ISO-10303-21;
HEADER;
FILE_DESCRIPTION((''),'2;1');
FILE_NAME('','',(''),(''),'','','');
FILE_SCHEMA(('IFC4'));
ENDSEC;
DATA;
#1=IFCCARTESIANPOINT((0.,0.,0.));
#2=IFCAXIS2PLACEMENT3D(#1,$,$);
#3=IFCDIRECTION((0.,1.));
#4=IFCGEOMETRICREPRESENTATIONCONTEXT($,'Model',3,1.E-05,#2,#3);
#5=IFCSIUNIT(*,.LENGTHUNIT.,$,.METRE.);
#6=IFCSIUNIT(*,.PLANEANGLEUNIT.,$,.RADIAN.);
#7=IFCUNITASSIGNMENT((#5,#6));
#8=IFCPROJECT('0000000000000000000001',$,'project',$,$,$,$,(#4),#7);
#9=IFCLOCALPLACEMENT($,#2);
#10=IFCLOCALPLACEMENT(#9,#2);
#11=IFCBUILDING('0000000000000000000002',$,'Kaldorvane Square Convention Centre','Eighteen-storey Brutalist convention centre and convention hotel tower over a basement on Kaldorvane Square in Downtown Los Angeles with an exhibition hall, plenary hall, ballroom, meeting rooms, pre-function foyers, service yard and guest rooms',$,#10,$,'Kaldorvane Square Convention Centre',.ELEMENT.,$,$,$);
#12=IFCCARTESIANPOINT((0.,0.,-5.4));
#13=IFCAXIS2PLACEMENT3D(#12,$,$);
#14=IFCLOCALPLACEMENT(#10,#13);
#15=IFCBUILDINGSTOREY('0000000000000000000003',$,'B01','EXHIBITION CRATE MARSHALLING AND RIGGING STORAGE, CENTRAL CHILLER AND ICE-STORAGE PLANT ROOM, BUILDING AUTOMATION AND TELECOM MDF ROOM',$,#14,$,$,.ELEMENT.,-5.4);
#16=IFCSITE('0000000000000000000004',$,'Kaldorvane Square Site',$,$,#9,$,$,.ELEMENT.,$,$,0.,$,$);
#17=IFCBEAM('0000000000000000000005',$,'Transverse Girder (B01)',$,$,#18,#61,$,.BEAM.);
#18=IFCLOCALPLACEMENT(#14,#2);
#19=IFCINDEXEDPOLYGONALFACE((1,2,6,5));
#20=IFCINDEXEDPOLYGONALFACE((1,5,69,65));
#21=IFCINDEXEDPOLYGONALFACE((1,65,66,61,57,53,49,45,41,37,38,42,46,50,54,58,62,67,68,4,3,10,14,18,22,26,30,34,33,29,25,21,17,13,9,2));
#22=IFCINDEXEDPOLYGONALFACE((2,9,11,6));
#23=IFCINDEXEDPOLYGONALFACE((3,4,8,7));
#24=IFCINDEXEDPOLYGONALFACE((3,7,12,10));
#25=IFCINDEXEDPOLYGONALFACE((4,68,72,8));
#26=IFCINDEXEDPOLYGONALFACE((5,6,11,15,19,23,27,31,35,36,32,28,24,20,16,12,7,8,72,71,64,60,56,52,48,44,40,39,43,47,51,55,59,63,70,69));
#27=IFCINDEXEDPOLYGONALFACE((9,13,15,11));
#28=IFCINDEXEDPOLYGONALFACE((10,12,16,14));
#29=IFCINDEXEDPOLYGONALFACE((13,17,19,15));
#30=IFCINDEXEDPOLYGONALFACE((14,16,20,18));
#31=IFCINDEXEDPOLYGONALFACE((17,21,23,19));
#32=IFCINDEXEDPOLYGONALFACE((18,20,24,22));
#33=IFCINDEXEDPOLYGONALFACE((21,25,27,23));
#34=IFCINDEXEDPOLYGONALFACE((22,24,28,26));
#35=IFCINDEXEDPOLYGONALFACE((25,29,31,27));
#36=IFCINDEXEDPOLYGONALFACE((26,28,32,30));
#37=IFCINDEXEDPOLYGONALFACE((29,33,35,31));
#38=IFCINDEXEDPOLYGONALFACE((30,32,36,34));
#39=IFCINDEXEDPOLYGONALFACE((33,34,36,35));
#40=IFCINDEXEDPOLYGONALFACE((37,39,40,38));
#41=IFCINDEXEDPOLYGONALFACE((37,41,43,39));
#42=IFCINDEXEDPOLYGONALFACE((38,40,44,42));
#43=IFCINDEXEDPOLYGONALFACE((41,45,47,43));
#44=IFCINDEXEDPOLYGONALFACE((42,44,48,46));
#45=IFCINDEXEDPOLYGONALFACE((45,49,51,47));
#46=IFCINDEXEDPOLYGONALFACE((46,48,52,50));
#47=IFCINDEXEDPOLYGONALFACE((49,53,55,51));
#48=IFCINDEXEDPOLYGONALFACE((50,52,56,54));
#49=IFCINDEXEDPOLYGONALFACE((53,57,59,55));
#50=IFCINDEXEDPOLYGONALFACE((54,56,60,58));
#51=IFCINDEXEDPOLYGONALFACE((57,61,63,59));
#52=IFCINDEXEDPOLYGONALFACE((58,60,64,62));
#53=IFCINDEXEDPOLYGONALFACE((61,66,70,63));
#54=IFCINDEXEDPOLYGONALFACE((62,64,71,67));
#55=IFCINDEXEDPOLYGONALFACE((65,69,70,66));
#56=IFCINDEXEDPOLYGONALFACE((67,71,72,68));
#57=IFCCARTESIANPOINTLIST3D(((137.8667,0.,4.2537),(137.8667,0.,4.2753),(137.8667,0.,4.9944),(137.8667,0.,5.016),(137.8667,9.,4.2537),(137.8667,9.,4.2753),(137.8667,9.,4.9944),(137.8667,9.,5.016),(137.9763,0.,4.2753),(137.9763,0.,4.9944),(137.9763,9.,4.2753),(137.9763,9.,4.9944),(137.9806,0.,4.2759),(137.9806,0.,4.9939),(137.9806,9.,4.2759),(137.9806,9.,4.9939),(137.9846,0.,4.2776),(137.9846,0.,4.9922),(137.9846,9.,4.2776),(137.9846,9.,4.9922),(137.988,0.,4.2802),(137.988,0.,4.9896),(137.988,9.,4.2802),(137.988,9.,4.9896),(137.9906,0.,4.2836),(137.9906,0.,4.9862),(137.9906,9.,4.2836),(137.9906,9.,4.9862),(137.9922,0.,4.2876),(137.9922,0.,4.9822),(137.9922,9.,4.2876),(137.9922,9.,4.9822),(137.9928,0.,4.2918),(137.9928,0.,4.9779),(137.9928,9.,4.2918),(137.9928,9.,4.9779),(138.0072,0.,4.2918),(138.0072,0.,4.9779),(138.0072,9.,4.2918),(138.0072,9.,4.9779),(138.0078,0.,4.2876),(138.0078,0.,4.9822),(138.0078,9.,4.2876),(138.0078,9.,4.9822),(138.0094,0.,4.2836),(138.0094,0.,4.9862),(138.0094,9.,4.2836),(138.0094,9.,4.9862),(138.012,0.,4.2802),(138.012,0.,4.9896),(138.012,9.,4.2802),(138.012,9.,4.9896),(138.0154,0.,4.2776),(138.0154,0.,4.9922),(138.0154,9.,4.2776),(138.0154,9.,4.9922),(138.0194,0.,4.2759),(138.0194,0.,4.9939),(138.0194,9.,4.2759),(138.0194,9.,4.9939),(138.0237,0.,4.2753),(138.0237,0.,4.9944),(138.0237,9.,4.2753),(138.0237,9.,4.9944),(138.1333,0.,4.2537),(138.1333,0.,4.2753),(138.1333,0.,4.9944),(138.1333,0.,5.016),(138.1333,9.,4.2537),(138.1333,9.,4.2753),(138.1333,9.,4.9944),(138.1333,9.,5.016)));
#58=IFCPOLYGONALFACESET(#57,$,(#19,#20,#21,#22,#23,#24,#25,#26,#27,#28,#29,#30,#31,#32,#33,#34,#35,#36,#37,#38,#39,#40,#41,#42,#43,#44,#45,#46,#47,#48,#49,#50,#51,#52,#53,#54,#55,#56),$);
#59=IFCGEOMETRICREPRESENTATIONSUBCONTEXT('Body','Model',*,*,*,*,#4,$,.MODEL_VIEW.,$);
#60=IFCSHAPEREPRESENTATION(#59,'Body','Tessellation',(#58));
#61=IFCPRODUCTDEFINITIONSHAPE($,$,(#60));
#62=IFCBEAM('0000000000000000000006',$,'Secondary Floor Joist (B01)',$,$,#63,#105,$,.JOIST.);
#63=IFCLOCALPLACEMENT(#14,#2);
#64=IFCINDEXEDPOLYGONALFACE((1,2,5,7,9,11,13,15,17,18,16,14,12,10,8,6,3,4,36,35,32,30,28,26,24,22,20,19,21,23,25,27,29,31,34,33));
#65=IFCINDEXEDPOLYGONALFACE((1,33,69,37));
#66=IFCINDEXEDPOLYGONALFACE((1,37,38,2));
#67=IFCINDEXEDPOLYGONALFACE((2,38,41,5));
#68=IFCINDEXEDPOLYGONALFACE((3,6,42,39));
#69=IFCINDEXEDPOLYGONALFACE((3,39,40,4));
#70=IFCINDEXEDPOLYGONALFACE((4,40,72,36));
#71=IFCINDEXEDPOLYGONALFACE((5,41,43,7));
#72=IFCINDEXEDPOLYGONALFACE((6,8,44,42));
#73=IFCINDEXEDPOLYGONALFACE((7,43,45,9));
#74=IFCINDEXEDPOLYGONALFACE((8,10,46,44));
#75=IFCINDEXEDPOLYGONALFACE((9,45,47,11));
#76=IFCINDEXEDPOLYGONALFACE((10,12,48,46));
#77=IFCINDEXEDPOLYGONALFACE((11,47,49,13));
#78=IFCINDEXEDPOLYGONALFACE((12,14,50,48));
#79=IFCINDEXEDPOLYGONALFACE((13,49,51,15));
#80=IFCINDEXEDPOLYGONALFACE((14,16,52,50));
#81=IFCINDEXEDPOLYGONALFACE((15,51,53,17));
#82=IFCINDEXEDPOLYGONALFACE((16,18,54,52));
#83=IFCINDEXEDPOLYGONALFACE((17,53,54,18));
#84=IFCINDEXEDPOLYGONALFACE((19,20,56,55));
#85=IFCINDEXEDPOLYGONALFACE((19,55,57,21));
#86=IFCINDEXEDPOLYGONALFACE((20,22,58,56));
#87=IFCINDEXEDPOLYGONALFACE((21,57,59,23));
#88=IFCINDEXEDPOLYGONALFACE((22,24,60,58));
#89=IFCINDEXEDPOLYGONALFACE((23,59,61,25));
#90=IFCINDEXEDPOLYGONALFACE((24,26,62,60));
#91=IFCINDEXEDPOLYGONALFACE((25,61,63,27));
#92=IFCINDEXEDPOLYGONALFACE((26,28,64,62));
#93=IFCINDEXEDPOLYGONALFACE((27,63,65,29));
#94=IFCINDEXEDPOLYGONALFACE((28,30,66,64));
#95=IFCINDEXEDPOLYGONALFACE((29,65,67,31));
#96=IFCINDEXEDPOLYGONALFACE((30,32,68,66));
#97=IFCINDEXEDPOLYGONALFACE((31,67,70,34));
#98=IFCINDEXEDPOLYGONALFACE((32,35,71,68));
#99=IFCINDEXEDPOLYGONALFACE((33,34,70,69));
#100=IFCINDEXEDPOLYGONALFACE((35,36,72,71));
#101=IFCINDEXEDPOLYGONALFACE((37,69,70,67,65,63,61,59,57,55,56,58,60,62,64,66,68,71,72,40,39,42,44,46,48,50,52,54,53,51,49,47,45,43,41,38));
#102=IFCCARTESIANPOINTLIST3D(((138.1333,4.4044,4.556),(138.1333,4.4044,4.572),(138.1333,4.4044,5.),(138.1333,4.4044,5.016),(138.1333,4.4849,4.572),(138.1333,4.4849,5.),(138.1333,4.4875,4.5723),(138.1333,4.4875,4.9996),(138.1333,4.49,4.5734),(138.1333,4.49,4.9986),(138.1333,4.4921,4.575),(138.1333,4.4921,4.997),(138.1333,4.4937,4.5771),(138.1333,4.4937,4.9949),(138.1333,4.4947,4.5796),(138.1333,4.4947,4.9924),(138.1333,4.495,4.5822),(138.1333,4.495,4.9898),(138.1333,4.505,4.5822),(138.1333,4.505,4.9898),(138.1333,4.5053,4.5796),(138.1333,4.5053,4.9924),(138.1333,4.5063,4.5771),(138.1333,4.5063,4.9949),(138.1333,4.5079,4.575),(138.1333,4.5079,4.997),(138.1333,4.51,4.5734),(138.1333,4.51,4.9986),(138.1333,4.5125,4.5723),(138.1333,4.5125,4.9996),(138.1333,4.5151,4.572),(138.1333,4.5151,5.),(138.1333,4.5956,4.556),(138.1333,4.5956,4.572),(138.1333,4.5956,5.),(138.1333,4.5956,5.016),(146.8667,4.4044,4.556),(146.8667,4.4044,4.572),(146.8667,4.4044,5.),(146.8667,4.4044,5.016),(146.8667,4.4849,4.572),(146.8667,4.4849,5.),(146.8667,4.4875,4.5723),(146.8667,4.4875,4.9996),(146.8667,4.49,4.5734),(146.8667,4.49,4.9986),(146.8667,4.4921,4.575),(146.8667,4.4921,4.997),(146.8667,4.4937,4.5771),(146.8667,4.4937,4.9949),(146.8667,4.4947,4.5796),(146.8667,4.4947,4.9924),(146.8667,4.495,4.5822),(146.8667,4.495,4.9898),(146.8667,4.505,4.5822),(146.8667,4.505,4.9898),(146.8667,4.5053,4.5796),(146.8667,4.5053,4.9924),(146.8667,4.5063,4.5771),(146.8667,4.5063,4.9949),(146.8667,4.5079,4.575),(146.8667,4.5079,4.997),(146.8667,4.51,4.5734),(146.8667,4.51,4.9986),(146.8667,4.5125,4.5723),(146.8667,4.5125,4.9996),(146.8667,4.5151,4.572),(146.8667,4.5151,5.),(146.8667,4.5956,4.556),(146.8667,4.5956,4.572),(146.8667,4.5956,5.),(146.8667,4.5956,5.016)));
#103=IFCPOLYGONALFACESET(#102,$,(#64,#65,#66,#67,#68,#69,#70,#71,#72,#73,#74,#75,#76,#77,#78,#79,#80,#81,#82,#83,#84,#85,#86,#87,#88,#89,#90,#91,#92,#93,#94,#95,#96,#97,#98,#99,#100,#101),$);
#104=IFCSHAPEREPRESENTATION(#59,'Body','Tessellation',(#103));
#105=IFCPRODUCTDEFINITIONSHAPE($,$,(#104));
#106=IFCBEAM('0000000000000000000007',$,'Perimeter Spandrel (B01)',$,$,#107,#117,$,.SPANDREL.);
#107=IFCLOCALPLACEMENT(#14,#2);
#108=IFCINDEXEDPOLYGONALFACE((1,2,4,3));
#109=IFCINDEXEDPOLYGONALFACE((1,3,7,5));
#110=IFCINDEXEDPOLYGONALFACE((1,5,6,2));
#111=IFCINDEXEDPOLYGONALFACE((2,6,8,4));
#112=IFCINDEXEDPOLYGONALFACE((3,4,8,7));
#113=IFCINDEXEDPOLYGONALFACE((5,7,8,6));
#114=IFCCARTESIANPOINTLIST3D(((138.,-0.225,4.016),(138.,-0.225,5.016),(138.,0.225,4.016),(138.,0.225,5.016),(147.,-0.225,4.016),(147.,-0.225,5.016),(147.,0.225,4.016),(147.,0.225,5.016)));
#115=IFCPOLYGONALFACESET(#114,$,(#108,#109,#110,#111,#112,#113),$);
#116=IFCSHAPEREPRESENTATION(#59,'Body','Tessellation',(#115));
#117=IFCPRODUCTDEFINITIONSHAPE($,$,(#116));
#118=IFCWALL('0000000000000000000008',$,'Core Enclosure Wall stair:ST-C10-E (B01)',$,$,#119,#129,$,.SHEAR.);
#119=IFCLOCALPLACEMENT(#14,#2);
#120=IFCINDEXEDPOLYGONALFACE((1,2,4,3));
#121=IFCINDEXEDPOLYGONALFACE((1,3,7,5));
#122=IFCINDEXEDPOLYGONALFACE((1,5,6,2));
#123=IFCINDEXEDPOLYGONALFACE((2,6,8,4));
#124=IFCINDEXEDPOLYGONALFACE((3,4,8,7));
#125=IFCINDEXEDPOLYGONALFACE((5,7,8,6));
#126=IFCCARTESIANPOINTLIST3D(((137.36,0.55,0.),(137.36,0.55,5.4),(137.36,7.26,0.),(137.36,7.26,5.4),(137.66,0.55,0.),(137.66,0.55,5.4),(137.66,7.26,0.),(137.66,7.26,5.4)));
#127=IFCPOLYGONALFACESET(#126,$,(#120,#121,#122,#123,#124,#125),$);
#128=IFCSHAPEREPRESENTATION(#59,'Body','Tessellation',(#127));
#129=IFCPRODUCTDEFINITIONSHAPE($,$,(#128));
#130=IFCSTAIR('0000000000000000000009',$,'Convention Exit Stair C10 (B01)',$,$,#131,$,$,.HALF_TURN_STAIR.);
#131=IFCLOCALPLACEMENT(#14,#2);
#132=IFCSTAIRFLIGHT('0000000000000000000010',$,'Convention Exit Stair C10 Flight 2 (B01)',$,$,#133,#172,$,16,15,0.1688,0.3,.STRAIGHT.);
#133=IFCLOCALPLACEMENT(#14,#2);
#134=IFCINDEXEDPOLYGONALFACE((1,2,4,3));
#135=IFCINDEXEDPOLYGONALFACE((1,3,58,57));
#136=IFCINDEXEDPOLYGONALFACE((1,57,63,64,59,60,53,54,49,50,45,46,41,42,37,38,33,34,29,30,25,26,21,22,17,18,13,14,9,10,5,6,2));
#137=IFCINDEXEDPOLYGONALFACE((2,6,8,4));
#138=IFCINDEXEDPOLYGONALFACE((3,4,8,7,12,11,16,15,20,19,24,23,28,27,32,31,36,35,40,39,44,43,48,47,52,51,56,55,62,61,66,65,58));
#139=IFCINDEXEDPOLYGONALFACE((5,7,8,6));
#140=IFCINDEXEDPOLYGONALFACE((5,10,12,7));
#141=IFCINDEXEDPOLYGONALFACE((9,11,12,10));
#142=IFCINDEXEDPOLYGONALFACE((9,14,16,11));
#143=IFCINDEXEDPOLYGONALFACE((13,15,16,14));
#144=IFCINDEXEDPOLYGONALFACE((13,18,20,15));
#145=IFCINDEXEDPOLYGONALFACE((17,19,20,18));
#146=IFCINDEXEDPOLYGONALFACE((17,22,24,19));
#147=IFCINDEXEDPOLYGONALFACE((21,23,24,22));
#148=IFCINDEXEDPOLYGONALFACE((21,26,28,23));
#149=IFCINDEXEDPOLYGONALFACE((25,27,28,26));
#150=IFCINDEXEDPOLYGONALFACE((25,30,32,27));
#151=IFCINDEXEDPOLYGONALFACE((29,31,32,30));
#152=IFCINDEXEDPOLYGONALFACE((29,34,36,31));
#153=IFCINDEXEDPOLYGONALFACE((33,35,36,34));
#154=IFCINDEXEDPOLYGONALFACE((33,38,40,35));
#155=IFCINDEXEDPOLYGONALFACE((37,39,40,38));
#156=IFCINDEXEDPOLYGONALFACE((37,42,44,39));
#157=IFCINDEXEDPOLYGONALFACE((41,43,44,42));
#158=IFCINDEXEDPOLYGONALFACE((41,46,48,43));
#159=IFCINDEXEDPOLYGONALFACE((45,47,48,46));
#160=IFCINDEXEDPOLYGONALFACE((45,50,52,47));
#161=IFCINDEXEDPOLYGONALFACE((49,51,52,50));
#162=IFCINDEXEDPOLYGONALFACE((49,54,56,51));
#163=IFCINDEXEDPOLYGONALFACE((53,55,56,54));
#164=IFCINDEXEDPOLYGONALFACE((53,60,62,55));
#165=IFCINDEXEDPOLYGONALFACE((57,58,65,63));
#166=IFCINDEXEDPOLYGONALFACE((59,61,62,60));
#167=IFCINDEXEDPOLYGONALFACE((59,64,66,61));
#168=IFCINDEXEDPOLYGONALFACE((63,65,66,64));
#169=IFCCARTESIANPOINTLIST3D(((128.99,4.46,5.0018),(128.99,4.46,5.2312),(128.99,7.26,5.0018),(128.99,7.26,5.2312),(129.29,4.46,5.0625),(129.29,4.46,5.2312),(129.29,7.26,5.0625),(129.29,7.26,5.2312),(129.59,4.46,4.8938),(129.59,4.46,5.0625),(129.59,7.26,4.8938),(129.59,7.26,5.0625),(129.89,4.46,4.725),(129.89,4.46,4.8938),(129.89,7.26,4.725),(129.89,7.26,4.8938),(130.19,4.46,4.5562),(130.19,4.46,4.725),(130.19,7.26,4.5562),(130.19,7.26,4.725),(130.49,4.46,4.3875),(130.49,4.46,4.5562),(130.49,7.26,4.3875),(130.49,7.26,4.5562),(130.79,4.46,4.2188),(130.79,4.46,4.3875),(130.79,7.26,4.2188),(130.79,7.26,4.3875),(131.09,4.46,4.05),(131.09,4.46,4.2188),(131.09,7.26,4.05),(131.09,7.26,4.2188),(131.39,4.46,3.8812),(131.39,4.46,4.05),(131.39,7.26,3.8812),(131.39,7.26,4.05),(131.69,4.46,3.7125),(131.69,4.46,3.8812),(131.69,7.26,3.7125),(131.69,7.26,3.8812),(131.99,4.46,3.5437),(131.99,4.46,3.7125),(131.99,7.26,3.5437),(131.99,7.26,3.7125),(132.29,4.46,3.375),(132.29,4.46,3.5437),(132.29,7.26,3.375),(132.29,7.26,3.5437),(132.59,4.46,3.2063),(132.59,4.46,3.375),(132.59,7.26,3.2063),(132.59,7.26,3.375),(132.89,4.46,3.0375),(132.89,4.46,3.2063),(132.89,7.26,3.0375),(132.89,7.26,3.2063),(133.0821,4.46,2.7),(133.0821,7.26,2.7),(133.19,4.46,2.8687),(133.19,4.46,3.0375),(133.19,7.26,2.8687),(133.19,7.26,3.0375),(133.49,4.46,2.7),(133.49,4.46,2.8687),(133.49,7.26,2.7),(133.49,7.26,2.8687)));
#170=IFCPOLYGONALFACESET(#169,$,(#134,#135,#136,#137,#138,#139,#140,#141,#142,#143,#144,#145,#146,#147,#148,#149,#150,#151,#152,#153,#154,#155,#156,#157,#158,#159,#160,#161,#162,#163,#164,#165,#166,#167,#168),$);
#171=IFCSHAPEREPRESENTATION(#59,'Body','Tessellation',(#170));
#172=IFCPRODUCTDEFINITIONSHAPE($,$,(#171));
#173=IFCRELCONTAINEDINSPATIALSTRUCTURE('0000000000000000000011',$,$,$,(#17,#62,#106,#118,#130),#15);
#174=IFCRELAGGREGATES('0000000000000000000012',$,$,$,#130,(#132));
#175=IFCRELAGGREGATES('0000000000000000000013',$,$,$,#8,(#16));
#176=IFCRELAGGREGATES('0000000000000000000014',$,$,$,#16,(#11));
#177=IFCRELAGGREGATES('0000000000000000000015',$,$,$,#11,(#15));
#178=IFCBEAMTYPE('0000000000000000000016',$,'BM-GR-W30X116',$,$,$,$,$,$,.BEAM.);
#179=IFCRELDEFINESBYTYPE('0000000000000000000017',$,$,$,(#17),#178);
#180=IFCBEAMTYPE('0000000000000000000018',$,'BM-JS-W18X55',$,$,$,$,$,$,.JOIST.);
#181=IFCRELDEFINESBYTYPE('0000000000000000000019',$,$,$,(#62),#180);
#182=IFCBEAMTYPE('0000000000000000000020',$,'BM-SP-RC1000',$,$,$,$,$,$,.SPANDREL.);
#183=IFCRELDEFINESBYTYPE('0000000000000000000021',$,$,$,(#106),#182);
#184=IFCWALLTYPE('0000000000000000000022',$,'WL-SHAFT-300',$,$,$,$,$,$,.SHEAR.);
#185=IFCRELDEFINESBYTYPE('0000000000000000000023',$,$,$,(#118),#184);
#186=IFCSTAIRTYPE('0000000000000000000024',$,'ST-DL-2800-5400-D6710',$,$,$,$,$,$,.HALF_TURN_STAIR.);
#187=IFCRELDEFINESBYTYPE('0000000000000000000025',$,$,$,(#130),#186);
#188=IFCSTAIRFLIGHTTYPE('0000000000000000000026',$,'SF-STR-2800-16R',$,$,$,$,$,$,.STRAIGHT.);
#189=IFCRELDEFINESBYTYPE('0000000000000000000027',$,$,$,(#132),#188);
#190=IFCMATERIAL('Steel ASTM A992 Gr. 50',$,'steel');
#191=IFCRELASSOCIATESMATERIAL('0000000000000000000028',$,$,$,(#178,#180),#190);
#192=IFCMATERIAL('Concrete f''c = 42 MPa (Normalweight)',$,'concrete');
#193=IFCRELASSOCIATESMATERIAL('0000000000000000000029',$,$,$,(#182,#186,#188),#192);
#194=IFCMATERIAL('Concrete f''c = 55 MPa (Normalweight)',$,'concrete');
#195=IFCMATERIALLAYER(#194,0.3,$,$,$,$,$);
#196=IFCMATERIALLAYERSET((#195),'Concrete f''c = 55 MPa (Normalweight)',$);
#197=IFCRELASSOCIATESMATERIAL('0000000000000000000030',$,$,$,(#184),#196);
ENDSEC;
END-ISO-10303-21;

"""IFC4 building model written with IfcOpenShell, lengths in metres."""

from ifc_helpers import new_model, si_unit, direction, frame, frame_2d, origin, origin_2d, place, context, subcontext, project, spatial, polyline, rectangle, i_section, outline, extrude, material, layer, layer_set, material_profile, profile_set, type_object, element, aggregate, save


model = new_model("IFC4")

# Units and contexts
model_context = context("Model", 3, precision=1e-05, world=origin(), true_north=direction((0.0, 1.0)))
body_context = subcontext(model_context, "Body", "Model", "MODEL_VIEW")
ifc_project = project(units=[si_unit("LENGTHUNIT", "METRE"), si_unit("PLANEANGLEUNIT", "RADIAN")], contexts=[model_context])

# Site, building, storey
site_placement = place(None, origin())
site = spatial("IfcSite", under=ifc_project, at=site_placement, Name="Kaldorvane Square Site", CompositionType="ELEMENT", RefElevation=0.0)
building_placement = place(site_placement, origin())
building = spatial("IfcBuilding", under=site, at=building_placement, Name="Kaldorvane Square Convention Centre", Description="Eighteen-storey Brutalist convention centre and convention hotel tower over a basement on Kaldorvane Square in Downtown Los Angeles with an exhibition hall, plenary hall, ballroom, meeting rooms, pre-function foyers, service yard and guest rooms", LongName="Kaldorvane Square Convention Centre", CompositionType="ELEMENT")
storey_placement = place(building_placement, frame((0.0, 0.0, -5.4)))
storey = spatial("IfcBuildingStorey", under=building, at=storey_placement, Name="B01", Description="EXHIBITION CRATE MARSHALLING AND RIGGING STORAGE, CENTRAL CHILLER AND ICE-STORAGE PLANT ROOM, BUILDING AUTOMATION AND TELECOM MDF ROOM", CompositionType="ELEMENT", Elevation=-5.4)

# Shared definitions
ifc_material_1 = material(Name="Concrete f'c = 42 MPa (Normalweight)", Category="concrete")

# Shared definitions
ifc_material_2 = material(Name="Steel ASTM A992 Gr. 50", Category="steel")

# Beams
ifc_material_profile_1 = material_profile(ifc_material_2, i_section(OverallWidth=0.2666, OverallDepth=0.7623, WebThickness=0.0144, FlangeThickness=0.0216, FilletRadius=0.0165, at=origin_2d()), Name="W30X116")
ifc_profile_set_1 = profile_set([ifc_material_profile_1], Name="Steel ASTM A992 Gr. 50")
beam_type_1 = type_object("IfcBeamType", Name="BM-GR-W30X116", PredefinedType="BEAM", material=ifc_profile_set_1)
beam_1_placement = place(storey_placement, frame((138.0, 0.0, 4.6349), z_axis=(0.0, 1.0, 0.0), x_axis=(-1.0, 0.0, 0.0)))
element("IfcBeam", 1, at=beam_1_placement, inside=storey, type_object=beam_type_1, Name="Transverse Girder (B01)", PredefinedType="BEAM", context=body_context, shape_type="SweptSolid", body=[
    extrude(i_section(OverallWidth=0.2666, OverallDepth=0.7623, WebThickness=0.0144, FlangeThickness=0.0216, FilletRadius=0.0165, at=origin_2d()), origin(), (0.0, 0.0, 1.0), 9.0),
])
ifc_material_profile_2 = material_profile(ifc_material_2, i_section(OverallWidth=0.1913, OverallDepth=0.46, WebThickness=0.0099, FlangeThickness=0.016, FilletRadius=0.0102, at=origin_2d()), Name="W18X55")
ifc_profile_set_2 = profile_set([ifc_material_profile_2], Name="Steel ASTM A992 Gr. 50")
beam_type_2 = type_object("IfcBeamType", Name="BM-JS-W18X55", PredefinedType="JOIST", material=ifc_profile_set_2)
beam_2_placement = place(storey_placement, frame((138.1333, 4.5, 4.786), z_axis=(1.0, 0.0, 0.0), x_axis=(0.0, 1.0, 0.0)))
element("IfcBeam", 2, at=beam_2_placement, inside=storey, type_object=beam_type_2, Name="Secondary Floor Joist (B01)", PredefinedType="JOIST", context=body_context, shape_type="SweptSolid", body=[
    extrude(i_section(OverallWidth=0.1913, OverallDepth=0.46, WebThickness=0.0099, FlangeThickness=0.016, FilletRadius=0.0102, at=origin_2d()), origin(), (0.0, 0.0, 1.0), 8.7334),
])
ifc_material_profile_3 = material_profile(ifc_material_1, rectangle(XDim=0.45, YDim=1.0, at=origin_2d()), Name="RCSP1000X450")
ifc_profile_set_3 = profile_set([ifc_material_profile_3], Name="Concrete f'c = 42 MPa (Normalweight)")
beam_type_3 = type_object("IfcBeamType", Name="BM-SP-RC1000", PredefinedType="SPANDREL", material=ifc_profile_set_3)
beam_3_placement = place(storey_placement, frame((138.0, 0.0, 4.516), z_axis=(1.0, 0.0, 0.0), x_axis=(0.0, 1.0, 0.0)))
element("IfcBeam", 3, at=beam_3_placement, inside=storey, type_object=beam_type_3, Name="Perimeter Spandrel (B01)", PredefinedType="SPANDREL", context=body_context, shape_type="SweptSolid", body=[
    extrude(rectangle(XDim=0.45, YDim=1.0, at=origin_2d()), origin(), (0.0, 0.0, 1.0), 9.0),
])

# Wall
ifc_material_3 = material(Name="Concrete f'c = 55 MPa (Normalweight)", Category="concrete")
ifc_layer = layer(ifc_material_3, 0.3)
ifc_layer_set = layer_set([ifc_layer], Name="Concrete f'c = 55 MPa (Normalweight)")
wall_type = type_object("IfcWallType", Name="WL-SHAFT-300", PredefinedType="SHEAR", material=ifc_layer_set)
wall_placement = place(storey_placement, frame((137.51, 0.55, 0.0), z_axis=(0.0, 0.0, 1.0), x_axis=(0.0, 1.0, 0.0)))
element("IfcWall", 4, at=wall_placement, inside=storey, type_object=wall_type, Name="Core Enclosure Wall stair:ST-C10-E (B01)", PredefinedType="SHEAR", context=body_context, shape_type="SweptSolid", body=[
    extrude(rectangle(XDim=6.71, YDim=0.3, at=frame_2d((3.355, 0.0))), origin(), (0.0, 0.0, 1.0), 5.4),
])

# Stair, stair flight
stair_type = type_object("IfcStairType", Name="ST-DL-2800-5400-D6710", PredefinedType="HALF_TURN_STAIR", material=ifc_material_1)
stair_placement = place(storey_placement, origin())
stair = element("IfcStair", 5, at=stair_placement, inside=storey, type_object=stair_type, Name="Convention Exit Stair C10 (B01)", PredefinedType="HALF_TURN_STAIR")
stair_flight_type = type_object("IfcStairFlightType", Name="SF-STR-2800-16R", PredefinedType="STRAIGHT", material=ifc_material_1)
stair_flight_placement = place(storey_placement, frame((133.49, 5.86, 2.7), z_axis=(0.0, 0.0, 1.0), x_axis=(-1.0, 0.0, 0.0)))
stair_flight = element("IfcStairFlight", 6, at=stair_flight_placement, type_object=stair_flight_type, Name="Convention Exit Stair C10 Flight 2 (B01)", NumberOfRisers=16, NumberOfTreads=15, PredefinedType="STRAIGHT", RiserHeight=0.1688, TreadLength=0.3, context=body_context, shape_type="SweptSolid", body=[
    extrude(outline(polyline([(0.0, 0.0), (0.0, 0.1687), (0.3, 0.1687), (0.3, 0.3375), (0.6, 0.3375), (0.6, 0.5063), (0.9, 0.5063), (0.9, 0.675), (1.2, 0.675), (1.2, 0.8438), (1.5, 0.8438), (1.5, 1.0125), (1.8, 1.0125), (1.8, 1.1812), (2.1, 1.1812), (2.1, 1.35), (2.4, 1.35), (2.4, 1.5188), (2.7, 1.5188), (2.7, 1.6875), (3.0, 1.6875), (3.0, 1.8562), (3.3, 1.8562), (3.3, 2.025), (3.6, 2.025), (3.6, 2.1938), (3.9, 2.1938), (3.9, 2.3625), (4.2, 2.3625), (4.2, 2.5312), (4.5, 2.5312), (4.5, 2.7), (4.5, 2.3018), (0.4079, 0.0), (0.0, 0.0)])), frame((0.0, 1.4, 0.0), z_axis=(0.0, -1.0, 0.0), x_axis=(1.0, 0.0, 0.0)), (0.0, 0.0, 1.0), 2.8),
])
aggregate(stair, [stair_flight])

save(model, "model.ifc")
